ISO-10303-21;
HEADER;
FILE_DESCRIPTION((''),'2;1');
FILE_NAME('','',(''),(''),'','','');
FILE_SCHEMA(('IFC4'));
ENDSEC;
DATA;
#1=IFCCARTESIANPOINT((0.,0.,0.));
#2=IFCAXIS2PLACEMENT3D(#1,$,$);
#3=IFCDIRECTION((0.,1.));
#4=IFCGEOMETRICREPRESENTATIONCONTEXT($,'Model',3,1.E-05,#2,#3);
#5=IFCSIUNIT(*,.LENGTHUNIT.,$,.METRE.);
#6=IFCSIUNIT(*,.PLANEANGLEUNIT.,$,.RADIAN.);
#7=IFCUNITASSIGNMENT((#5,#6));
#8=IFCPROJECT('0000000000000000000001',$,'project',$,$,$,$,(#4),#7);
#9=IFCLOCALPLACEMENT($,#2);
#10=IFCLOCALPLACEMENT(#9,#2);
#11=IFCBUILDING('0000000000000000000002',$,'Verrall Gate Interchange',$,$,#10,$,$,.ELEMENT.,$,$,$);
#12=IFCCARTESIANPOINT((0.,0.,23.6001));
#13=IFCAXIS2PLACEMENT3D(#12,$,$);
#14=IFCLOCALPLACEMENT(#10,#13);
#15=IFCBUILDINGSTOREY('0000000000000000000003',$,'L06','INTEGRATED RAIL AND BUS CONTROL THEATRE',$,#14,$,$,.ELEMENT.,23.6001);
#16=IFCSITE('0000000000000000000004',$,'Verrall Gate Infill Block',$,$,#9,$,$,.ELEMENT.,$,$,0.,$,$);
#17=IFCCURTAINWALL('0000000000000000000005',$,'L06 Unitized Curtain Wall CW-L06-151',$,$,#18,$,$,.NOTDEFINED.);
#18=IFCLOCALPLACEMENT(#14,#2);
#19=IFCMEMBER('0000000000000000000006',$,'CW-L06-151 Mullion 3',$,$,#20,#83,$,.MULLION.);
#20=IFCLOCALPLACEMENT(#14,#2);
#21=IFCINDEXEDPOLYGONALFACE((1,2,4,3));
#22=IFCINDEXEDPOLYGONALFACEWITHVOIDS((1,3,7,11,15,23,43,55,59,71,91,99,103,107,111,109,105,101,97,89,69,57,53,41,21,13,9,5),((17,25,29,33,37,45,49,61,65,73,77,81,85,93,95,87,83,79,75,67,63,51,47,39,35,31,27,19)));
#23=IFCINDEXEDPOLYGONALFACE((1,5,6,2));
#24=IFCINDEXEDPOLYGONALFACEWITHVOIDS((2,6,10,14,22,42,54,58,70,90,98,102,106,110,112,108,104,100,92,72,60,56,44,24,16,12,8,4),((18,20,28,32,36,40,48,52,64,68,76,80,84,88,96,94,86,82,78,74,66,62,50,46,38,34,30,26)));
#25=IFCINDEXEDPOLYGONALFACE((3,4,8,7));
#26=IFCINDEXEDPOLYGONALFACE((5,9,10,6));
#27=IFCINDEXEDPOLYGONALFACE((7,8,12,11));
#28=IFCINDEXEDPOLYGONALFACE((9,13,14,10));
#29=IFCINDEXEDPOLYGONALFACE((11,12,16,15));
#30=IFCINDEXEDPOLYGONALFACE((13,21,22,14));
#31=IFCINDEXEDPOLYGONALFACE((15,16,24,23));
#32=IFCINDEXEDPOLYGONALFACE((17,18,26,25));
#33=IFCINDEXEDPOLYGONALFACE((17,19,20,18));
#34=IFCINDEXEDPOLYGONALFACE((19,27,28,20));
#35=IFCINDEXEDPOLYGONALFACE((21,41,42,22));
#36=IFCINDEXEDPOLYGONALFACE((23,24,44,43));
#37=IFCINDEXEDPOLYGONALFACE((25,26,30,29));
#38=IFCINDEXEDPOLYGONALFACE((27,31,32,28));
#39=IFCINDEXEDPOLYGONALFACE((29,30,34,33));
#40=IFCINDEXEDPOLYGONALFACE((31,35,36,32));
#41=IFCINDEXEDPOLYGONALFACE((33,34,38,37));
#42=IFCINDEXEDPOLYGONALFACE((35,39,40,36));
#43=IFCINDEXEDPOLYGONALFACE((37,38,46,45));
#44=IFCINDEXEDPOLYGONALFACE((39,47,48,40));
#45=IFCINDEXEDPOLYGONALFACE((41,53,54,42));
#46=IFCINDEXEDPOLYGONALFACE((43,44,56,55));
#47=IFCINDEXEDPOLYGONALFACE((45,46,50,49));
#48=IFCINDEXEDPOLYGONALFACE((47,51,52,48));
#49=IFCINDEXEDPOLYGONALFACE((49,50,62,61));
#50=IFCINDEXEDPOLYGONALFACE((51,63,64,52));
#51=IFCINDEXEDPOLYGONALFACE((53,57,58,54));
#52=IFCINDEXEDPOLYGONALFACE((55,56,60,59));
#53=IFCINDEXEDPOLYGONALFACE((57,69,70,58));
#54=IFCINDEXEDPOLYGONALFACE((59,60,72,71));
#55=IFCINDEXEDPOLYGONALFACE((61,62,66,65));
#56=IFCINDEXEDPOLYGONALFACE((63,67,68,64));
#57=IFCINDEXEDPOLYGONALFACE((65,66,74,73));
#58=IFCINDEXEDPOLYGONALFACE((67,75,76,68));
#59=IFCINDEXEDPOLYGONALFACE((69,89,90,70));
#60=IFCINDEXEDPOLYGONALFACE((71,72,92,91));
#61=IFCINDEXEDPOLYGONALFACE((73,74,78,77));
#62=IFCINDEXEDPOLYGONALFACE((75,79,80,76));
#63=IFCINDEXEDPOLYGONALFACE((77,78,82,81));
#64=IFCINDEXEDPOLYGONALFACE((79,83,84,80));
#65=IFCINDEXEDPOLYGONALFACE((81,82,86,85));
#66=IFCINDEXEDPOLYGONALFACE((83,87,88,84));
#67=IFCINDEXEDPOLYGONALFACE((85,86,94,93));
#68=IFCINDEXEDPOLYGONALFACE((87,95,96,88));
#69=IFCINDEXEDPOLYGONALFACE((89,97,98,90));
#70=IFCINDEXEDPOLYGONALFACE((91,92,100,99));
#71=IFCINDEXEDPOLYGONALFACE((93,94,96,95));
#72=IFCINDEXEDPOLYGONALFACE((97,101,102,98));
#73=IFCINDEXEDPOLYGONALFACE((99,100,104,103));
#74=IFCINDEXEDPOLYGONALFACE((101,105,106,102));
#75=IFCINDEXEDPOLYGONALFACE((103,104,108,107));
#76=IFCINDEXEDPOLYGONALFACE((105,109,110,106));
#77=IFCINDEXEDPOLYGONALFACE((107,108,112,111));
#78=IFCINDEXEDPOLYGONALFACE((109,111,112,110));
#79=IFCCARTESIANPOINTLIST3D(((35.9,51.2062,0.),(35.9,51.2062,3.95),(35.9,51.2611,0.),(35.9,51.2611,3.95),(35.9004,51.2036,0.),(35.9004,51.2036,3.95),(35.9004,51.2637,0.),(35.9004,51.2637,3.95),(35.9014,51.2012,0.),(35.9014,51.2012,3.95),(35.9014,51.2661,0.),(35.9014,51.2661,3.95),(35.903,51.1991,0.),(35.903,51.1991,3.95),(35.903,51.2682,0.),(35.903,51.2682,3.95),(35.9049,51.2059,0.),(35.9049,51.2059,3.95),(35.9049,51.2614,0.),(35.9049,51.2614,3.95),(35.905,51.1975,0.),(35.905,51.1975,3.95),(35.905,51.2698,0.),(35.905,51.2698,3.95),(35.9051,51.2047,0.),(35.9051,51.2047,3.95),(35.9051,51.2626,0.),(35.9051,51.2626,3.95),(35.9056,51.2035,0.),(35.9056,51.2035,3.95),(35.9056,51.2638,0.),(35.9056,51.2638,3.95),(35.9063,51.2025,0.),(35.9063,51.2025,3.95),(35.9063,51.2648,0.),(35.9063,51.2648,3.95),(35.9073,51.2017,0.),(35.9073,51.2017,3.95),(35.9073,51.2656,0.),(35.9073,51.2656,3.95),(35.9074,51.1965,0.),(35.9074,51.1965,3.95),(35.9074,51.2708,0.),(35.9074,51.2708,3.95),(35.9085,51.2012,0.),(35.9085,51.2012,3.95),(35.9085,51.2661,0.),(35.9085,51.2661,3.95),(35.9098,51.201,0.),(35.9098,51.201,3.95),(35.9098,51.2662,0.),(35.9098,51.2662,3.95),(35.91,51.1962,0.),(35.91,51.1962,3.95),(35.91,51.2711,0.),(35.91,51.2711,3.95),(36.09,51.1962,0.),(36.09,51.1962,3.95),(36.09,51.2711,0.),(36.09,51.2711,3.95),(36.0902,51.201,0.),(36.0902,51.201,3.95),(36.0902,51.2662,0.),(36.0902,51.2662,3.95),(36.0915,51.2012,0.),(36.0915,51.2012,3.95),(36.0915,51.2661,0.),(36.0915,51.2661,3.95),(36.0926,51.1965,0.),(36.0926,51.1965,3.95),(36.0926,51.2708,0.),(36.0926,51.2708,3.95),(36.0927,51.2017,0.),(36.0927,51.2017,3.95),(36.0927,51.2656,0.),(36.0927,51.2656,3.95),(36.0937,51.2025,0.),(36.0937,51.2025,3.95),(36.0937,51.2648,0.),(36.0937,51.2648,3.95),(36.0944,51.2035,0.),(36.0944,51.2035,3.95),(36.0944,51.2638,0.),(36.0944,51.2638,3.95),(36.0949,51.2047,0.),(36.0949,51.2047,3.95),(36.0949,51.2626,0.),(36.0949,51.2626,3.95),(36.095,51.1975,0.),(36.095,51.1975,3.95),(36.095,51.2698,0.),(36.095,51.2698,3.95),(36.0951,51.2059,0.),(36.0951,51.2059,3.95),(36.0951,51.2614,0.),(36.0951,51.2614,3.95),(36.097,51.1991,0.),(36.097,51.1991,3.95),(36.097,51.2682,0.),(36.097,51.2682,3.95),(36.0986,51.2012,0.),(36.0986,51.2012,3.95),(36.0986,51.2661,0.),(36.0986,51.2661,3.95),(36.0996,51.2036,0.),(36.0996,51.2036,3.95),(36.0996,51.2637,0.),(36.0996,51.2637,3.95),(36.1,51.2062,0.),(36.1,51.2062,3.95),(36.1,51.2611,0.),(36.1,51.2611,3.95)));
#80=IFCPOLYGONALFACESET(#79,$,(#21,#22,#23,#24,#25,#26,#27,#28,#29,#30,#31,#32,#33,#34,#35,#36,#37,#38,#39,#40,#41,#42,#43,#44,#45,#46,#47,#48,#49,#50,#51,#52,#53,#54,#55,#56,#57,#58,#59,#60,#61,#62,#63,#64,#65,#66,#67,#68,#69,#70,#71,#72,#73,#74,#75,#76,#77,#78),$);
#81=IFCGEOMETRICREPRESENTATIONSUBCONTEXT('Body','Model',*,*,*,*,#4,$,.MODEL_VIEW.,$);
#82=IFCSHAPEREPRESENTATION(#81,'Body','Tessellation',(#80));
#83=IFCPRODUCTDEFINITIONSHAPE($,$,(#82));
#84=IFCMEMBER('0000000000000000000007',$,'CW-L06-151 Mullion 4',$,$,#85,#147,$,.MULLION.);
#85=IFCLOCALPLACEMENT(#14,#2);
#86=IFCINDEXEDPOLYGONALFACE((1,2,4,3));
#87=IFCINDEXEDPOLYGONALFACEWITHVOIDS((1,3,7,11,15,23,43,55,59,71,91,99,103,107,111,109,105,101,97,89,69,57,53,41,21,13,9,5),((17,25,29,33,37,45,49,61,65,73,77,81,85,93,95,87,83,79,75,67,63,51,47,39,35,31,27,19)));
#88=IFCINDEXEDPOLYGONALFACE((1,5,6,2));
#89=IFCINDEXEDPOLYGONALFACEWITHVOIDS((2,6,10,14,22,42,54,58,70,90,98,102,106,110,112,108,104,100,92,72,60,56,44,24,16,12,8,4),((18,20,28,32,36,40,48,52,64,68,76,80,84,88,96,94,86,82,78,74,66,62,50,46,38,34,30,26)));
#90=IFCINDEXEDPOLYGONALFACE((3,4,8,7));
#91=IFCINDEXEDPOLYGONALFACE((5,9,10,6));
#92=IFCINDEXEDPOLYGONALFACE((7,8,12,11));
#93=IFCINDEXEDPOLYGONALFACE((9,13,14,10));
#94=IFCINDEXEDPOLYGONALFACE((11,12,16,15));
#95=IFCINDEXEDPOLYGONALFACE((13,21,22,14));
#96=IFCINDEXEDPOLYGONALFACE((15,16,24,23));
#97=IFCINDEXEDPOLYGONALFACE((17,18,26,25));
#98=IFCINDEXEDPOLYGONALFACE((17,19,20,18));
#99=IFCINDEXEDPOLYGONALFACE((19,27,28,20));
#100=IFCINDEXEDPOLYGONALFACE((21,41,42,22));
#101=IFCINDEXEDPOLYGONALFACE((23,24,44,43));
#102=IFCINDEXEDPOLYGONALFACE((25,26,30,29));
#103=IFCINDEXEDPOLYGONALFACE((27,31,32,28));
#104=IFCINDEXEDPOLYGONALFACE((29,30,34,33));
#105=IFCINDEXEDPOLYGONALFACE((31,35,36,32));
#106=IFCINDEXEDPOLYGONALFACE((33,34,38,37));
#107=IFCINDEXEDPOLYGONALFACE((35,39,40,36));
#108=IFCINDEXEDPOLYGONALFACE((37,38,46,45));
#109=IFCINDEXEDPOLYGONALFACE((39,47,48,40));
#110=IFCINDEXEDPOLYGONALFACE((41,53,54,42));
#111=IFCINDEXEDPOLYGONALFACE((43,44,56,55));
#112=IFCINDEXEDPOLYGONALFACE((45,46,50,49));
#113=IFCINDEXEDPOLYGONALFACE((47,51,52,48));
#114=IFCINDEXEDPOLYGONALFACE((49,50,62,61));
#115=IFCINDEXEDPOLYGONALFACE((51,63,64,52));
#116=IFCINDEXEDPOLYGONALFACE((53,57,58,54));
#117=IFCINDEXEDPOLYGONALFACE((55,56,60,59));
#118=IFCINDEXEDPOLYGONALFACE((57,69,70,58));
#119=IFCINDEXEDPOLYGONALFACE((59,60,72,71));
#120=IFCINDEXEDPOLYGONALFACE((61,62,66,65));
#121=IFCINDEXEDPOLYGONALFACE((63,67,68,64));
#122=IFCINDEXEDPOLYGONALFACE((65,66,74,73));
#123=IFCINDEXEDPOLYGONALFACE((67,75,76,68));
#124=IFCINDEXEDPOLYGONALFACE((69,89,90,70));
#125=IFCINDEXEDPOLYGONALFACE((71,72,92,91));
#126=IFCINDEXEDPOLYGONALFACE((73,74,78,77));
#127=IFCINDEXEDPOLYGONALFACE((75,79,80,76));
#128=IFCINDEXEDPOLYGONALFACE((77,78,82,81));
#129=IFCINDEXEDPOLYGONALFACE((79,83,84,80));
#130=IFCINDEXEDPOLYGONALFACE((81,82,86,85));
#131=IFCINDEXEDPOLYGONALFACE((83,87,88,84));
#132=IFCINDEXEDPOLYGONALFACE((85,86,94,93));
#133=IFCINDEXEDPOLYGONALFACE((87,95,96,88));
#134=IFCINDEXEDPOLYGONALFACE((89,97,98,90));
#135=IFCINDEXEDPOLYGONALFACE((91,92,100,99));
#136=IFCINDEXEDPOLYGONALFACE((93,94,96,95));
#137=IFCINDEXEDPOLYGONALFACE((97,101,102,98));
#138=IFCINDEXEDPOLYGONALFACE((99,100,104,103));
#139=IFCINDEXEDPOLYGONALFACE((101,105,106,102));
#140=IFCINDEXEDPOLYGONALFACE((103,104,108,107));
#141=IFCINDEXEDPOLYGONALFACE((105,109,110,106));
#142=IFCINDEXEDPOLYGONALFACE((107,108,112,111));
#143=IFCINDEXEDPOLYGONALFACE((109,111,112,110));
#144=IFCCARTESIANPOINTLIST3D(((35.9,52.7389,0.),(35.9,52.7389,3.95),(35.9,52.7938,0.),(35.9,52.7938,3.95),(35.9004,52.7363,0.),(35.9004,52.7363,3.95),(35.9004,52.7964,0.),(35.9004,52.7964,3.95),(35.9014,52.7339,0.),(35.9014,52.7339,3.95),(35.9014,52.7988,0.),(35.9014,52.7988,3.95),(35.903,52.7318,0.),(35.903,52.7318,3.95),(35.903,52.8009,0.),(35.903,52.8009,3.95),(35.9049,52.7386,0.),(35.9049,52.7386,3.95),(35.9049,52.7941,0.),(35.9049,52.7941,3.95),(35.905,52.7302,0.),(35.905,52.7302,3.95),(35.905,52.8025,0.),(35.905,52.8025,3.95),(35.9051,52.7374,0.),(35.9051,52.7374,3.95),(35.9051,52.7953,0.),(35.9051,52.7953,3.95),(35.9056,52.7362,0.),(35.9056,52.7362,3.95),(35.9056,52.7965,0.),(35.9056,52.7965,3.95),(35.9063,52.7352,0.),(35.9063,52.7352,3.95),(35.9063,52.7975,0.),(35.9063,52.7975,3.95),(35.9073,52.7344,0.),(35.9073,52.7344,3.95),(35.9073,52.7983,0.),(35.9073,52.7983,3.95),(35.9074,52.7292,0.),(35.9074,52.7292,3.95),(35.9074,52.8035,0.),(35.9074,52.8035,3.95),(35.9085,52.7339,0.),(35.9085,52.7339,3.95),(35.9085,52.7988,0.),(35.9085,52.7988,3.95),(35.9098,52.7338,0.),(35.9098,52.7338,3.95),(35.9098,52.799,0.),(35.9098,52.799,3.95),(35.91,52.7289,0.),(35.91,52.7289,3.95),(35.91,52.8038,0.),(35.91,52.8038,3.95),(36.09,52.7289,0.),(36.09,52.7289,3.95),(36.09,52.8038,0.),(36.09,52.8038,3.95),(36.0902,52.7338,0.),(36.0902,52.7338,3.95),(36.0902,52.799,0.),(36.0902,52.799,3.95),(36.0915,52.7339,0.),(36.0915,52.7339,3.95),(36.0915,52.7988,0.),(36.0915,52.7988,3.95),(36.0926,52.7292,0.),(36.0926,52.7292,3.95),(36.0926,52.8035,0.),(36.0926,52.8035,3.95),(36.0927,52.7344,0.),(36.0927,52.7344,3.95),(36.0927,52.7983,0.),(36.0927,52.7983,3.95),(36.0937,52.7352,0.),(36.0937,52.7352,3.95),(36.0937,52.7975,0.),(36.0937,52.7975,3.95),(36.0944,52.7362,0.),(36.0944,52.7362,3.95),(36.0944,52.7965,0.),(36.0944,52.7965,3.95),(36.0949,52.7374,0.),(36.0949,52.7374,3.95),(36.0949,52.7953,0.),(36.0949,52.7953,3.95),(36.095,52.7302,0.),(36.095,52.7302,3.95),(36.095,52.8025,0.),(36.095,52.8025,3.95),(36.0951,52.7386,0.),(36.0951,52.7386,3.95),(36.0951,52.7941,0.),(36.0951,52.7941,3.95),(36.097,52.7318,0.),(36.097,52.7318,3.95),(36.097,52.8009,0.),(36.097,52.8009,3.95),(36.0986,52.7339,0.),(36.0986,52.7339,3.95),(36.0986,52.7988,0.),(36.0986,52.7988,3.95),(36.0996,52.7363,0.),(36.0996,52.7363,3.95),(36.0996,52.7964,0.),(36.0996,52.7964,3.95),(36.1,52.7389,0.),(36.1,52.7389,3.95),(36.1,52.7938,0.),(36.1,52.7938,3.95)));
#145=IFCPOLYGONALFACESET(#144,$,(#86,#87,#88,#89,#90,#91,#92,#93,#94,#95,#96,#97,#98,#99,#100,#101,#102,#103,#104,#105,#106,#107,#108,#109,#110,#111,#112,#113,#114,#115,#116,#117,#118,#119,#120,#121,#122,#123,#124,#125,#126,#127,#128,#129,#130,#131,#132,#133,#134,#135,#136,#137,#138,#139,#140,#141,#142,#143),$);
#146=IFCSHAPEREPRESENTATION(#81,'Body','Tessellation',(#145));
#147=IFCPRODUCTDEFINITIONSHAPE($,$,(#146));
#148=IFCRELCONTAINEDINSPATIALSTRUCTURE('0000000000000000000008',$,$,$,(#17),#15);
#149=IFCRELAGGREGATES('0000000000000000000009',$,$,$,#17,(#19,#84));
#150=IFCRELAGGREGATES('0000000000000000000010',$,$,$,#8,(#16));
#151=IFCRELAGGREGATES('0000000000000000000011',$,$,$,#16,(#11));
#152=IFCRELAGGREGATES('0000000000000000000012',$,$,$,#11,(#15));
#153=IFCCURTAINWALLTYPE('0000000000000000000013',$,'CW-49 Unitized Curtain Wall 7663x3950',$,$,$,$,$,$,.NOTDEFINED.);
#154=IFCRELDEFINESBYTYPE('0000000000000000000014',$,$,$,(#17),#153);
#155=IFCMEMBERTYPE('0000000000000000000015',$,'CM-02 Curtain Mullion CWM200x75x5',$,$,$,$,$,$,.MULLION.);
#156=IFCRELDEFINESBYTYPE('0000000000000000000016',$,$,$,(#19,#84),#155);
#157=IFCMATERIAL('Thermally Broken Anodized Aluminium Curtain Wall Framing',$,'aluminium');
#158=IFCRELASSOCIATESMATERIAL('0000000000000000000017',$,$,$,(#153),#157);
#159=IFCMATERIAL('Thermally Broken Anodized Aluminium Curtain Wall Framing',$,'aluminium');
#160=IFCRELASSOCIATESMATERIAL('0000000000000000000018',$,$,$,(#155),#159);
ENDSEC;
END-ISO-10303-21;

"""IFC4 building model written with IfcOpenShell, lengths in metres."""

from ifc_helpers import new_model, si_unit, direction, frame, origin, origin_2d, place, context, subcontext, project, spatial, hollow_rectangle, extrude, material, material_profile, profile_set, type_object, element, aggregate, save


model = new_model("IFC4")

# Units and contexts
model_context = context("Model", 3, precision=1e-05, world=origin(), true_north=direction((0.0, 1.0)))
body_context = subcontext(model_context, "Body", "Model", "MODEL_VIEW")
ifc_project = project(units=[si_unit("LENGTHUNIT", "METRE"), si_unit("PLANEANGLEUNIT", "RADIAN")], contexts=[model_context])

# Site, building, storey
site_placement = place(None, origin())
site = spatial("IfcSite", under=ifc_project, at=site_placement, Name="Verrall Gate Infill Block", CompositionType="ELEMENT", RefElevation=0.0)
building_placement = place(site_placement, origin())
building = spatial("IfcBuilding", under=site, at=building_placement, Name="Verrall Gate Interchange", CompositionType="ELEMENT")
storey_placement = place(building_placement, frame((0.0, 0.0, 23.6001)))
storey = spatial("IfcBuildingStorey", under=building, at=storey_placement, Name="L06", Description="INTEGRATED RAIL AND BUS CONTROL THEATRE", CompositionType="ELEMENT", Elevation=23.6001)

# Curtain wall, members
ifc_material_1 = material(Name="Thermally Broken Anodized Aluminium Curtain Wall Framing", Category="aluminium")
curtain_wall_type = type_object("IfcCurtainWallType", Name="CW-49 Unitized Curtain Wall 7663x3950", PredefinedType="NOTDEFINED", material=ifc_material_1)
curtain_wall_placement = place(storey_placement, origin())
curtain_wall = element("IfcCurtainWall", 1, at=curtain_wall_placement, inside=storey, type_object=curtain_wall_type, Name="L06 Unitized Curtain Wall CW-L06-151", PredefinedType="NOTDEFINED")
ifc_material_2 = material(Name="Thermally Broken Anodized Aluminium Curtain Wall Framing", Category="aluminium")
ifc_material_profile_1 = material_profile(ifc_material_2, hollow_rectangle(XDim=0.075, YDim=0.2, WallThickness=0.0049, InnerFilletRadius=0.0049, OuterFilletRadius=0.01, at=origin_2d()), Name="CWM200x75x5")
ifc_profile_set_1 = profile_set([ifc_material_profile_1], Name="Thermally Broken Anodized Aluminium Curtain Wall Framing")
member_type_1 = type_object("IfcMemberType", Name="CM-02 Curtain Mullion CWM200x75x5", PredefinedType="MULLION", material=ifc_profile_set_1)
member_1_placement = place(storey_placement, frame((36.0, 51.2336, 0.0), z_axis=(0.0, 0.0, 1.0), x_axis=(0.0, 1.0, 0.0)))
member_1 = element("IfcMember", 2, at=member_1_placement, type_object=member_type_1, Name="CW-L06-151 Mullion 3", PredefinedType="MULLION", context=body_context, shape_type="SweptSolid", body=[
    extrude(hollow_rectangle(XDim=0.075, YDim=0.2, WallThickness=0.0049, InnerFilletRadius=0.0049, OuterFilletRadius=0.01, at=origin_2d()), origin(), (0.0, 0.0, 1.0), 3.95),
])
member_2_placement = place(storey_placement, frame((36.0, 52.7664, 0.0), z_axis=(0.0, 0.0, 1.0), x_axis=(0.0, 1.0, 0.0)))
member_2 = element("IfcMember", 3, at=member_2_placement, type_object=member_type_1, Name="CW-L06-151 Mullion 4", PredefinedType="MULLION", context=body_context, shape_type="SweptSolid", body=[
    extrude(hollow_rectangle(XDim=0.075, YDim=0.2, WallThickness=0.0049, InnerFilletRadius=0.0049, OuterFilletRadius=0.01, at=origin_2d()), origin(), (0.0, 0.0, 1.0), 3.95),
])
aggregate(curtain_wall, [member_1, member_2])

save(model, "model.ifc")
